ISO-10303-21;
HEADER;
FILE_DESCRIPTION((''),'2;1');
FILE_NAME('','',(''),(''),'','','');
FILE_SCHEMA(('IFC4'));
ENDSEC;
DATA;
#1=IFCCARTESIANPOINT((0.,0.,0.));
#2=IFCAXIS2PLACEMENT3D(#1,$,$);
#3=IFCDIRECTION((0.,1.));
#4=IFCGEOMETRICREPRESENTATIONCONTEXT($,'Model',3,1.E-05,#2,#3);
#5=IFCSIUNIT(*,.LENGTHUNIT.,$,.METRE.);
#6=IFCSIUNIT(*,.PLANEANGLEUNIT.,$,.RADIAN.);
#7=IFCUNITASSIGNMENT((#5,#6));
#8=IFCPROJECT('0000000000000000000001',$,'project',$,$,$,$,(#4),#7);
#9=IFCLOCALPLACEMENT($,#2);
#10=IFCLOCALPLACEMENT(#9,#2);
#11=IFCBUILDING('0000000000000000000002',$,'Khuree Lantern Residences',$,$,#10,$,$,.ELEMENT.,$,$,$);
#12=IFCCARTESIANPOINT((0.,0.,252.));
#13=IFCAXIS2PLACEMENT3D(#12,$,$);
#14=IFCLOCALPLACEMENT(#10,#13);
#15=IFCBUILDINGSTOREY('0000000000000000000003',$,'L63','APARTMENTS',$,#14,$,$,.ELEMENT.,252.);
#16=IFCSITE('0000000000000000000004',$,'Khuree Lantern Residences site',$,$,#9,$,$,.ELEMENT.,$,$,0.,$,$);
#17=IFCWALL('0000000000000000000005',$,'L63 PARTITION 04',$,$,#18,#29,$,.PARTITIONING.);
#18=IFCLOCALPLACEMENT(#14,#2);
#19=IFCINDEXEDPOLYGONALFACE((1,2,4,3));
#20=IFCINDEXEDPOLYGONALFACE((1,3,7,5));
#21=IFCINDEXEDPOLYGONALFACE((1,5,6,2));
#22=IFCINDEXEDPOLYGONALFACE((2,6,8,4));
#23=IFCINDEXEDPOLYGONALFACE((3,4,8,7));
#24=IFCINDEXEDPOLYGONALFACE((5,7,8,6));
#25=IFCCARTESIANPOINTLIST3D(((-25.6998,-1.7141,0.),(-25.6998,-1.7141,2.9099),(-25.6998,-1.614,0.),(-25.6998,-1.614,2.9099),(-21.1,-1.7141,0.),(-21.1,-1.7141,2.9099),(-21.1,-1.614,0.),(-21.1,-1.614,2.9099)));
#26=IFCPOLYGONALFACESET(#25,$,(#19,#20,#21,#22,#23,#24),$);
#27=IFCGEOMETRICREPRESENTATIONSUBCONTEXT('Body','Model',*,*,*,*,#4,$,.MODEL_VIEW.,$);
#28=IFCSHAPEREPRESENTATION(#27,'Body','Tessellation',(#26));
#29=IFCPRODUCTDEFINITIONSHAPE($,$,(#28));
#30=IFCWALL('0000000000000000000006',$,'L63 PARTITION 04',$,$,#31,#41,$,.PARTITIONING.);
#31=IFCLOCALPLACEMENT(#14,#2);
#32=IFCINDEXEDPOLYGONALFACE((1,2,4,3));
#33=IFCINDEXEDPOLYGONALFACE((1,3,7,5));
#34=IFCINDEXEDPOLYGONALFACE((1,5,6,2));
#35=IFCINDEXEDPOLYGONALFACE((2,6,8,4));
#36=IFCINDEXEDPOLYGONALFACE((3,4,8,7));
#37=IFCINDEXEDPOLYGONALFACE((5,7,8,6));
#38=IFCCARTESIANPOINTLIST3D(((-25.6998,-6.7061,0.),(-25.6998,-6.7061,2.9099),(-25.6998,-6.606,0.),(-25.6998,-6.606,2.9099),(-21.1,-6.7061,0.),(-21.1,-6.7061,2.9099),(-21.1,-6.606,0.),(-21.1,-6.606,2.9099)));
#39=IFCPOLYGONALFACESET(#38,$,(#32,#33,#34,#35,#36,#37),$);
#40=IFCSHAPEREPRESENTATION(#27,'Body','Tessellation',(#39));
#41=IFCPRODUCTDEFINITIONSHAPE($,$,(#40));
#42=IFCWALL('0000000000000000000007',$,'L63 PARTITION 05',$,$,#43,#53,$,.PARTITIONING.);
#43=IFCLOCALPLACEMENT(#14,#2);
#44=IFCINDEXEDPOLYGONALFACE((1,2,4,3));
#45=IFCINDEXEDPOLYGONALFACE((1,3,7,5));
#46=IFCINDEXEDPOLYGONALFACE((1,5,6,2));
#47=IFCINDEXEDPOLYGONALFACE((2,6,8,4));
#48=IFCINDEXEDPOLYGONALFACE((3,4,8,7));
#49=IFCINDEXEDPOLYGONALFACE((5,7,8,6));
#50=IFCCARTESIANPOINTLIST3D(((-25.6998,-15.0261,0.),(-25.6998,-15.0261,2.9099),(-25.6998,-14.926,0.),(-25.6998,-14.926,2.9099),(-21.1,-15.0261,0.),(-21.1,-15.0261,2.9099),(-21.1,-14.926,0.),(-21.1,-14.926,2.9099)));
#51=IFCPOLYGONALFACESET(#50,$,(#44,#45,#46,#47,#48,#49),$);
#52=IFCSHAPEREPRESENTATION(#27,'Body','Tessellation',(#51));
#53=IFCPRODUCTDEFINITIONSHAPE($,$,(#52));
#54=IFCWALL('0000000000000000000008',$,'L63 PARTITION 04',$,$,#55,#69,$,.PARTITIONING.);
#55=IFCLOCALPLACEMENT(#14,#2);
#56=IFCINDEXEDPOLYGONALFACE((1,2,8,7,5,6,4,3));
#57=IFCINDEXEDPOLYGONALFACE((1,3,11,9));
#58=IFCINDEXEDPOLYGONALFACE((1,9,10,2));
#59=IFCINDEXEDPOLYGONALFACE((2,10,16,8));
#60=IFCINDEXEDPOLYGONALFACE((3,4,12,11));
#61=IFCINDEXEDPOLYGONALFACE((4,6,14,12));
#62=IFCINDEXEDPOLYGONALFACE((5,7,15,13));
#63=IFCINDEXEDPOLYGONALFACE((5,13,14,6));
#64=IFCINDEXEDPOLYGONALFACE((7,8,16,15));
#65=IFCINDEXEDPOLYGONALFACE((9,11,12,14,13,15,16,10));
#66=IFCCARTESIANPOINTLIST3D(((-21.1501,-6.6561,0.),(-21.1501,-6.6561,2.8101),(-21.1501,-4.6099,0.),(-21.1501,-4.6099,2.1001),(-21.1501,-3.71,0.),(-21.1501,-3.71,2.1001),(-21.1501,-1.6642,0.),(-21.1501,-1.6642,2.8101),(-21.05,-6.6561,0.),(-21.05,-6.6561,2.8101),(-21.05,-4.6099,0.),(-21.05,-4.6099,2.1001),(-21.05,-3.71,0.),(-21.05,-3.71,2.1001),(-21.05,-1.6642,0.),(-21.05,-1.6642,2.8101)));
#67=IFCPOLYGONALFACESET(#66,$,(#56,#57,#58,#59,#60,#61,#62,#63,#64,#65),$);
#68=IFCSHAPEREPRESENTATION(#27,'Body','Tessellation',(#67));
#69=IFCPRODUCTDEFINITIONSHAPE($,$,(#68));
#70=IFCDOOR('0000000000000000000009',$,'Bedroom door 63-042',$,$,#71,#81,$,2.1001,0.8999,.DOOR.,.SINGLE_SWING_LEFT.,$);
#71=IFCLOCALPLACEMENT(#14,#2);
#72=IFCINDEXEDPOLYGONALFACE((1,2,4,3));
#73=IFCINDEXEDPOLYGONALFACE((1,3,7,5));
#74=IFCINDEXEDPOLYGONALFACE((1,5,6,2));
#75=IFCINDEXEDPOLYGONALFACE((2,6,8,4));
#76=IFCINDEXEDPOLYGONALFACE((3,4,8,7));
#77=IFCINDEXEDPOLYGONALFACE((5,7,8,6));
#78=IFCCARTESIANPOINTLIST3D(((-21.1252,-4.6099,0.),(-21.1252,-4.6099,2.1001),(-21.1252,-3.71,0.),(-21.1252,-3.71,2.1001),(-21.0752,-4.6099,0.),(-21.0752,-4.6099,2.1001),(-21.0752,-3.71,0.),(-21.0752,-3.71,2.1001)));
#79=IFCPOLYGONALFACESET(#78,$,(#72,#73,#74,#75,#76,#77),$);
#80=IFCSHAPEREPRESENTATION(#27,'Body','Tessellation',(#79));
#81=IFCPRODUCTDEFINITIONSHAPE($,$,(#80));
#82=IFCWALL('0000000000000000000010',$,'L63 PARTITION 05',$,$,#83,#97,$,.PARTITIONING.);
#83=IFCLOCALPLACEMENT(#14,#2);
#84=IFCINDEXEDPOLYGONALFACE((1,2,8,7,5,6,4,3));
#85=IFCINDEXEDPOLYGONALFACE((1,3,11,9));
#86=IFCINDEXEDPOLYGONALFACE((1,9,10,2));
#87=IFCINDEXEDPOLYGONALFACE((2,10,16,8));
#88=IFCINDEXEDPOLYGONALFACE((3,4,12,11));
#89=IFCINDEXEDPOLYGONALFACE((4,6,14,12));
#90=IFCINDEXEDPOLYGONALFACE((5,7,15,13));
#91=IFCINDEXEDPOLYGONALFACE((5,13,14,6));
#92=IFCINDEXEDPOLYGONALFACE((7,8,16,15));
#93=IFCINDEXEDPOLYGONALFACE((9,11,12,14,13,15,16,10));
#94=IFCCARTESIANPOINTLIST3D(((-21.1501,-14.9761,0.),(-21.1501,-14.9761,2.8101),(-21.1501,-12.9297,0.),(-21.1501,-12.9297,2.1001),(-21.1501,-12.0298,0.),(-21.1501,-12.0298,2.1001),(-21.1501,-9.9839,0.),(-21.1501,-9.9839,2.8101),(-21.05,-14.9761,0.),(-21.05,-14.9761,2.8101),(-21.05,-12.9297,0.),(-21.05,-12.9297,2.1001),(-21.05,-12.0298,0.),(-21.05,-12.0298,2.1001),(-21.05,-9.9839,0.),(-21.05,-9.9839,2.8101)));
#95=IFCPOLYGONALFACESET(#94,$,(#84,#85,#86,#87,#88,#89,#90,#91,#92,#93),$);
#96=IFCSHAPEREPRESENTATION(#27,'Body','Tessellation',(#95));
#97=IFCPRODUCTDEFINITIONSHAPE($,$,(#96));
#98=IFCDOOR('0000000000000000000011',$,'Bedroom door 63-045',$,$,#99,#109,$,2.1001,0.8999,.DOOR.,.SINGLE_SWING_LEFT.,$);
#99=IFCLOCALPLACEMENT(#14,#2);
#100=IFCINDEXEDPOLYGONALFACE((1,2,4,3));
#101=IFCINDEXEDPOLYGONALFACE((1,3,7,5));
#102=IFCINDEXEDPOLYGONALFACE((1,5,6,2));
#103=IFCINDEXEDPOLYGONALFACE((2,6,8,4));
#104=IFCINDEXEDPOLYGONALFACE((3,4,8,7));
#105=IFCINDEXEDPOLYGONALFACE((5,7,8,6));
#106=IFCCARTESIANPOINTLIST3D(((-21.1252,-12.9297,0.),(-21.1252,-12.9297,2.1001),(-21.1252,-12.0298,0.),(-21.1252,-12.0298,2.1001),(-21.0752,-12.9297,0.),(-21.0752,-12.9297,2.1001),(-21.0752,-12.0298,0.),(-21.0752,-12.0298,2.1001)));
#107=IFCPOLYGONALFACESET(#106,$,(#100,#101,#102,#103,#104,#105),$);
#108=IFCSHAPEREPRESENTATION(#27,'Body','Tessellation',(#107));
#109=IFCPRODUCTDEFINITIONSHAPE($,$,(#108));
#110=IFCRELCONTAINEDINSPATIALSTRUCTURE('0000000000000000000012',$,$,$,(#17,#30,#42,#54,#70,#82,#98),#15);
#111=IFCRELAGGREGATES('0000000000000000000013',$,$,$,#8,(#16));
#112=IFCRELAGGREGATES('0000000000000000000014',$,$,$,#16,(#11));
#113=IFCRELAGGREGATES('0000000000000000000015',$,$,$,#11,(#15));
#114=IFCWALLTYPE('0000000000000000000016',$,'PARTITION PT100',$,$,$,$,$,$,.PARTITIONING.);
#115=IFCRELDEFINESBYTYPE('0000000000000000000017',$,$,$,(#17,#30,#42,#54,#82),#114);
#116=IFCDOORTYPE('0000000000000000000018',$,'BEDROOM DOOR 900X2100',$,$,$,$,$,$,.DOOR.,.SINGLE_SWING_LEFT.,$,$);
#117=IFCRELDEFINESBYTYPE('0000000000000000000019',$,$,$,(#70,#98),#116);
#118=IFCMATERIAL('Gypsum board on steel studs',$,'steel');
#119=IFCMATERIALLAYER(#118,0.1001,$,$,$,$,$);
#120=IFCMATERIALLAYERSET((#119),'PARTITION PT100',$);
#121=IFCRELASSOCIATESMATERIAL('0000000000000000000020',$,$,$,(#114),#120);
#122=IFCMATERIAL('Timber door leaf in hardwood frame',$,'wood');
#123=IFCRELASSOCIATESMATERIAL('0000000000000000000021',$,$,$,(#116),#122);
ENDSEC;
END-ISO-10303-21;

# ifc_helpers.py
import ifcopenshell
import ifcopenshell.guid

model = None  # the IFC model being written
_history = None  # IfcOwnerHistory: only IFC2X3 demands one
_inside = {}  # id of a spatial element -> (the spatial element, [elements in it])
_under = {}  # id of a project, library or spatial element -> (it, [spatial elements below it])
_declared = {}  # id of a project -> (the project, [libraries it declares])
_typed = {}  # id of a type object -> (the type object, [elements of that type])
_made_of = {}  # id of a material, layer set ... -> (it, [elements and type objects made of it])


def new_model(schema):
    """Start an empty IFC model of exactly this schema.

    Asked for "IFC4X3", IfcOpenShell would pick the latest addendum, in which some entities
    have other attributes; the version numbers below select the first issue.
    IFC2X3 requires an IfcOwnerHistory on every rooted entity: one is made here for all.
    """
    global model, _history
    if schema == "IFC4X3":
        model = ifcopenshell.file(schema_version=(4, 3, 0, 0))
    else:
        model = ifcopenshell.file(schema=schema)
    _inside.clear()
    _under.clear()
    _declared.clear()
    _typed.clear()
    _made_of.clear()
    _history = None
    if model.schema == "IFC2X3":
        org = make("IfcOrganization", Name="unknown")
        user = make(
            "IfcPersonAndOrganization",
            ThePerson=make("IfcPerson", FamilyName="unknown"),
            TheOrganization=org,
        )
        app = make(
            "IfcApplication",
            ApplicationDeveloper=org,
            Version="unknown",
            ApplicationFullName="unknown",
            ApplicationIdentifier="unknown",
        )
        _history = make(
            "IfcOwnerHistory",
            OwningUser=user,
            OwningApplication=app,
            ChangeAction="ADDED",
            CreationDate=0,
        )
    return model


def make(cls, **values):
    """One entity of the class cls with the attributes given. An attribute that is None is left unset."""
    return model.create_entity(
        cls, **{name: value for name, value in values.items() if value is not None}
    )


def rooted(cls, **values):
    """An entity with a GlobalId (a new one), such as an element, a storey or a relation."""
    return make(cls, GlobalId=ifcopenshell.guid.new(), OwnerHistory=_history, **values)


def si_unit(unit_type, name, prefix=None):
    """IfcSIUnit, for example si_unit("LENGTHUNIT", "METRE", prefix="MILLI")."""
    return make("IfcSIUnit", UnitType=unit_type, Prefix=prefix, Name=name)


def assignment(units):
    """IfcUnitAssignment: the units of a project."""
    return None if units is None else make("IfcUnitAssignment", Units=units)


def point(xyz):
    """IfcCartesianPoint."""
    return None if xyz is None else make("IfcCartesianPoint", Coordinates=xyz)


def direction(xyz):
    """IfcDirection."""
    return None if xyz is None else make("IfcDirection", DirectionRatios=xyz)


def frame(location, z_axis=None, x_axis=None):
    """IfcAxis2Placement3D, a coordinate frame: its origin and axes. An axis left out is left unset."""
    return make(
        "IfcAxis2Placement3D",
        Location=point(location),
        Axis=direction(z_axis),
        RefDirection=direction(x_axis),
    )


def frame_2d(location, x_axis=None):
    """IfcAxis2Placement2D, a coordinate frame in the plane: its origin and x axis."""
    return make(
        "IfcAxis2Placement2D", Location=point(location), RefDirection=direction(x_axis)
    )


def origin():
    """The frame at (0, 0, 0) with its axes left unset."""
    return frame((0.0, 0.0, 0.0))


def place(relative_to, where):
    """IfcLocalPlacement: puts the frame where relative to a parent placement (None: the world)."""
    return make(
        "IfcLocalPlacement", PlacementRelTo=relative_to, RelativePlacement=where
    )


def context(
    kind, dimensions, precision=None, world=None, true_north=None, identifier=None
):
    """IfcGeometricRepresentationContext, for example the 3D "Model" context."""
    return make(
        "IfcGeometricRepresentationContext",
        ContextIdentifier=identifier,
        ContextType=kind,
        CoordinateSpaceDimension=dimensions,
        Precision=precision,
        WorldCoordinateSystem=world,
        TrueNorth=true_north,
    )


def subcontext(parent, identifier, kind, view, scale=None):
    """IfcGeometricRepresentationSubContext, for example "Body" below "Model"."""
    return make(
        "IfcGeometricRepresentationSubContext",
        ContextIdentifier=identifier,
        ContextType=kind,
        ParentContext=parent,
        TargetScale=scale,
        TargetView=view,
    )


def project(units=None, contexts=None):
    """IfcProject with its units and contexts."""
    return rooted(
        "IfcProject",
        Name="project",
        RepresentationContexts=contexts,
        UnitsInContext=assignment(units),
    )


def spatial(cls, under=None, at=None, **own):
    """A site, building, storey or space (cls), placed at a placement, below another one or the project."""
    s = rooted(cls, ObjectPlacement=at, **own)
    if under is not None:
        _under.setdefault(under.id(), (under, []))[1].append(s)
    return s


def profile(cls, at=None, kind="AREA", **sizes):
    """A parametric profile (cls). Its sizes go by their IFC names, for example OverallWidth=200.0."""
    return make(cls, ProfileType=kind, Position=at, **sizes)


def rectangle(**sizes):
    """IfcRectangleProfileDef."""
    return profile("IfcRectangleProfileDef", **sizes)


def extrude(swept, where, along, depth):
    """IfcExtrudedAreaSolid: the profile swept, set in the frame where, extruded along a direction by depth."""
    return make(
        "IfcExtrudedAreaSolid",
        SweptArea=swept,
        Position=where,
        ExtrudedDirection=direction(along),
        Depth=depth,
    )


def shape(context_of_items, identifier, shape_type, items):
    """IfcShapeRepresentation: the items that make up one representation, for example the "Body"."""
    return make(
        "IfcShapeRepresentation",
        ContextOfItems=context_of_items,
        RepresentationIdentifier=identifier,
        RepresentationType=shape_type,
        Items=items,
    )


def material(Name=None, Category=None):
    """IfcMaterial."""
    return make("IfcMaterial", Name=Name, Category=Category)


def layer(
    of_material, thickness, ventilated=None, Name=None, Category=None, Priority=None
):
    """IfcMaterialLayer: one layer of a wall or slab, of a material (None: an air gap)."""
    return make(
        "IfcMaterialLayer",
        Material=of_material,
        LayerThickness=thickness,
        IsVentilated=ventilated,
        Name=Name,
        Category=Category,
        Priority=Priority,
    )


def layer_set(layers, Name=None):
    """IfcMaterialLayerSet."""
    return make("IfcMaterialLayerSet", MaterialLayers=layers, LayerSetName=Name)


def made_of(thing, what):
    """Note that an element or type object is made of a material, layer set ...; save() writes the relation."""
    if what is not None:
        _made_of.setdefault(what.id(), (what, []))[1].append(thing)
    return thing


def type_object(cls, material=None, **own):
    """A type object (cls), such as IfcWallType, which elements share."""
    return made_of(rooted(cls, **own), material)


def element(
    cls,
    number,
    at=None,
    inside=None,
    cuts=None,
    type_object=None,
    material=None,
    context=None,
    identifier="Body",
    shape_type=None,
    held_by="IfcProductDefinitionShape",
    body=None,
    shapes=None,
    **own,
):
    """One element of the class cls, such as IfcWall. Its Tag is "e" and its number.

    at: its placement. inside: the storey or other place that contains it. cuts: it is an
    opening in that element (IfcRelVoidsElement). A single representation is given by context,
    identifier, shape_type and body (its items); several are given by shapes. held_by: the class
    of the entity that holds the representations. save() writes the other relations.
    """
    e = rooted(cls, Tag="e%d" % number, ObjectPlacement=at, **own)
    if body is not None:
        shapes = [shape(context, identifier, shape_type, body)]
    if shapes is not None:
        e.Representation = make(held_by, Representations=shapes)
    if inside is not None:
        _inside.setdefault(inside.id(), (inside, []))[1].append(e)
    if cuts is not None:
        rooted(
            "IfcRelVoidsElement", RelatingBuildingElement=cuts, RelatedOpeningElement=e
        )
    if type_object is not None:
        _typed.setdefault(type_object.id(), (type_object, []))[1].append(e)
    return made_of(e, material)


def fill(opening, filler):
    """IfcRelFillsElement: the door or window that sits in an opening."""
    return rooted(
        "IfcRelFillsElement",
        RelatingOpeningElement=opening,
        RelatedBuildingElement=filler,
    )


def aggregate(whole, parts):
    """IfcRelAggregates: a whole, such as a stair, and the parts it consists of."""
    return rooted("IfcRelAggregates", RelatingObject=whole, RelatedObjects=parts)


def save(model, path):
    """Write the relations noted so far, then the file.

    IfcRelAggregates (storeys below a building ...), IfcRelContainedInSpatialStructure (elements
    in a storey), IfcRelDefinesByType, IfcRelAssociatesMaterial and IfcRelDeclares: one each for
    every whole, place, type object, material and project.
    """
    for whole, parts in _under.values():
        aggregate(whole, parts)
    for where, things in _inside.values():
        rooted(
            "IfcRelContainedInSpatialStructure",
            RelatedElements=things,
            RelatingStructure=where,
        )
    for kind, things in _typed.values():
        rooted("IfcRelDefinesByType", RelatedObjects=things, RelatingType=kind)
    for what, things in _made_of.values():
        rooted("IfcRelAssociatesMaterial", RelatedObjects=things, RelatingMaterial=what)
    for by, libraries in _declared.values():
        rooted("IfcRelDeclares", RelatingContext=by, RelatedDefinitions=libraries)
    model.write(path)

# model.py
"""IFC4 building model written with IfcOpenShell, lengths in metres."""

from ifc_helpers import new_model, si_unit, direction, frame, frame_2d, origin, place, context, subcontext, project, spatial, rectangle, extrude, material, layer, layer_set, type_object, element, fill, save


model = new_model("IFC4")

# Units and contexts
model_context = context("Model", 3, precision=1e-05, world=origin(), true_north=direction((0.0, 1.0)))
body_context = subcontext(model_context, "Body", "Model", "MODEL_VIEW")
ifc_project = project(units=[si_unit("LENGTHUNIT", "METRE"), si_unit("PLANEANGLEUNIT", "RADIAN")], contexts=[model_context])

# Site, building, storey
site_placement = place(None, origin())
site = spatial("IfcSite", under=ifc_project, at=site_placement, Name="Khuree Lantern Residences site", CompositionType="ELEMENT", RefElevation=0.0)
building_placement = place(site_placement, origin())
building = spatial("IfcBuilding", under=site, at=building_placement, Name="Khuree Lantern Residences", CompositionType="ELEMENT")
storey_placement = place(building_placement, frame((0.0, 0.0, 252.0)))
storey = spatial("IfcBuildingStorey", under=building, at=storey_placement, Name="L63", Description="APARTMENTS", CompositionType="ELEMENT", Elevation=252.0)

# Shared definitions
ifc_material_1 = material(Name="Timber door leaf in hardwood frame", Category="wood")

# Walls
ifc_material_2 = material(Name="Gypsum board on steel studs", Category="steel")
ifc_layer_1 = layer(ifc_material_2, 0.1001)
ifc_layer_set_1 = layer_set([ifc_layer_1], Name="PARTITION PT100")
wall_type_1 = type_object("IfcWallType", Name="PARTITION PT100", PredefinedType="PARTITIONING", material=ifc_layer_set_1)
for number, where, z_axis, x_axis, name in (
    (1, (-21.1001, -1.6641, 0.0), (0.0, 0.0, 1.0), (-1.0, 0.0, 0.0), "L63 PARTITION 04"),
    (2, (-21.1001, -6.656, 0.0), (0.0, 0.0, 1.0), (-1.0, 0.0, 0.0), "L63 PARTITION 04"),
    (3, (-21.1001, -14.9761, 0.0), (0.0, 0.0, 1.0), (-1.0, 0.0, 0.0), "L63 PARTITION 05"),
):
    element("IfcWall", number, at=place(storey_placement, frame(where, z_axis=z_axis, x_axis=x_axis)), inside=storey, type_object=wall_type_1, Name=name, PredefinedType="PARTITIONING", context=body_context, shape_type="SweptSolid", body=[
        extrude(rectangle(XDim=4.5999, YDim=0.1001, at=frame_2d((2.2998, 0.0))), origin(), (0.0, 0.0, 1.0), 2.9099),
    ])

# Walls, openings, doors
wall_1_placement = place(storey_placement, frame((-21.1001, -1.6641, 0.0), z_axis=(0.0, 0.0, 1.0), x_axis=(0.0, -1.0, 0.0)))
wall_1 = element("IfcWall", 4, at=wall_1_placement, inside=storey, type_object=wall_type_1, Name="L63 PARTITION 04", PredefinedType="PARTITIONING", context=body_context, shape_type="SweptSolid", body=[
    extrude(rectangle(XDim=4.9919, YDim=0.1001, at=frame_2d((2.4961, 0.0))), origin(), (0.0, 0.0, 1.0), 2.8101),
])
opening_1_placement = place(wall_1_placement, frame((2.0459, 0.0, 0.0)))
opening_1 = element("IfcOpeningElement", 5, at=opening_1_placement, cuts=wall_1, PredefinedType="OPENING", context=body_context, shape_type="SweptSolid", body=[
    extrude(rectangle(XDim=0.8999, YDim=2.1001, at=frame_2d((0.45, 1.05))), frame((0.0, 0.0601, 0.0), z_axis=(0.0, -1.0, 0.0), x_axis=(1.0, 0.0, 0.0)), (0.0, 0.0, 1.0), 0.1201),
])
door_type_1 = type_object("IfcDoorType", Name="BEDROOM DOOR 900X2100", OperationType="SINGLE_SWING_LEFT", PredefinedType="DOOR", material=ifc_material_1)
door_1_placement = place(opening_1_placement, origin())
door_1 = element("IfcDoor", 6, at=door_1_placement, inside=storey, type_object=door_type_1, Name="Bedroom door 63-042", OperationType="SINGLE_SWING_LEFT", OverallHeight=2.1001, OverallWidth=0.8999, PredefinedType="DOOR", context=body_context, shape_type="SweptSolid", body=[
    extrude(rectangle(XDim=0.8999, YDim=2.1001, at=frame_2d((0.45, 1.05))), frame((0.0, 0.0249, 0.0), z_axis=(0.0, -1.0, 0.0), x_axis=(1.0, 0.0, 0.0)), (0.0, 0.0, 1.0), 0.05),
])
fill(opening_1, door_1)
wall_2_placement = place(storey_placement, frame((-21.1001, -9.9839, 0.0), z_axis=(0.0, 0.0, 1.0), x_axis=(0.0, -1.0, 0.0)))
wall_2 = element("IfcWall", 7, at=wall_2_placement, inside=storey, type_object=wall_type_1, Name="L63 PARTITION 05", PredefinedType="PARTITIONING", context=body_context, shape_type="SweptSolid", body=[
    extrude(rectangle(XDim=4.9922, YDim=0.1001, at=frame_2d((2.4961, 0.0))), origin(), (0.0, 0.0, 1.0), 2.8101),
])
opening_2_placement = place(wall_2_placement, frame((2.0459, 0.0, 0.0)))
opening_2 = element("IfcOpeningElement", 8, at=opening_2_placement, cuts=wall_2, PredefinedType="OPENING", context=body_context, shape_type="SweptSolid", body=[
    extrude(rectangle(XDim=0.8999, YDim=2.1001, at=frame_2d((0.45, 1.05))), frame((0.0, 0.0601, 0.0), z_axis=(0.0, -1.0, 0.0), x_axis=(1.0, 0.0, 0.0)), (0.0, 0.0, 1.0), 0.1201),
])
door_2_placement = place(opening_2_placement, origin())
door_2 = element("IfcDoor", 9, at=door_2_placement, inside=storey, type_object=door_type_1, Name="Bedroom door 63-045", OperationType="SINGLE_SWING_LEFT", OverallHeight=2.1001, OverallWidth=0.8999, PredefinedType="DOOR", context=body_context, shape_type="SweptSolid", body=[
    extrude(rectangle(XDim=0.8999, YDim=2.1001, at=frame_2d((0.45, 1.05))), frame((0.0, 0.0249, 0.0), z_axis=(0.0, -1.0, 0.0), x_axis=(1.0, 0.0, 0.0)), (0.0, 0.0, 1.0), 0.05),
])
fill(opening_2, door_2)

save(model, "model.ifc")
